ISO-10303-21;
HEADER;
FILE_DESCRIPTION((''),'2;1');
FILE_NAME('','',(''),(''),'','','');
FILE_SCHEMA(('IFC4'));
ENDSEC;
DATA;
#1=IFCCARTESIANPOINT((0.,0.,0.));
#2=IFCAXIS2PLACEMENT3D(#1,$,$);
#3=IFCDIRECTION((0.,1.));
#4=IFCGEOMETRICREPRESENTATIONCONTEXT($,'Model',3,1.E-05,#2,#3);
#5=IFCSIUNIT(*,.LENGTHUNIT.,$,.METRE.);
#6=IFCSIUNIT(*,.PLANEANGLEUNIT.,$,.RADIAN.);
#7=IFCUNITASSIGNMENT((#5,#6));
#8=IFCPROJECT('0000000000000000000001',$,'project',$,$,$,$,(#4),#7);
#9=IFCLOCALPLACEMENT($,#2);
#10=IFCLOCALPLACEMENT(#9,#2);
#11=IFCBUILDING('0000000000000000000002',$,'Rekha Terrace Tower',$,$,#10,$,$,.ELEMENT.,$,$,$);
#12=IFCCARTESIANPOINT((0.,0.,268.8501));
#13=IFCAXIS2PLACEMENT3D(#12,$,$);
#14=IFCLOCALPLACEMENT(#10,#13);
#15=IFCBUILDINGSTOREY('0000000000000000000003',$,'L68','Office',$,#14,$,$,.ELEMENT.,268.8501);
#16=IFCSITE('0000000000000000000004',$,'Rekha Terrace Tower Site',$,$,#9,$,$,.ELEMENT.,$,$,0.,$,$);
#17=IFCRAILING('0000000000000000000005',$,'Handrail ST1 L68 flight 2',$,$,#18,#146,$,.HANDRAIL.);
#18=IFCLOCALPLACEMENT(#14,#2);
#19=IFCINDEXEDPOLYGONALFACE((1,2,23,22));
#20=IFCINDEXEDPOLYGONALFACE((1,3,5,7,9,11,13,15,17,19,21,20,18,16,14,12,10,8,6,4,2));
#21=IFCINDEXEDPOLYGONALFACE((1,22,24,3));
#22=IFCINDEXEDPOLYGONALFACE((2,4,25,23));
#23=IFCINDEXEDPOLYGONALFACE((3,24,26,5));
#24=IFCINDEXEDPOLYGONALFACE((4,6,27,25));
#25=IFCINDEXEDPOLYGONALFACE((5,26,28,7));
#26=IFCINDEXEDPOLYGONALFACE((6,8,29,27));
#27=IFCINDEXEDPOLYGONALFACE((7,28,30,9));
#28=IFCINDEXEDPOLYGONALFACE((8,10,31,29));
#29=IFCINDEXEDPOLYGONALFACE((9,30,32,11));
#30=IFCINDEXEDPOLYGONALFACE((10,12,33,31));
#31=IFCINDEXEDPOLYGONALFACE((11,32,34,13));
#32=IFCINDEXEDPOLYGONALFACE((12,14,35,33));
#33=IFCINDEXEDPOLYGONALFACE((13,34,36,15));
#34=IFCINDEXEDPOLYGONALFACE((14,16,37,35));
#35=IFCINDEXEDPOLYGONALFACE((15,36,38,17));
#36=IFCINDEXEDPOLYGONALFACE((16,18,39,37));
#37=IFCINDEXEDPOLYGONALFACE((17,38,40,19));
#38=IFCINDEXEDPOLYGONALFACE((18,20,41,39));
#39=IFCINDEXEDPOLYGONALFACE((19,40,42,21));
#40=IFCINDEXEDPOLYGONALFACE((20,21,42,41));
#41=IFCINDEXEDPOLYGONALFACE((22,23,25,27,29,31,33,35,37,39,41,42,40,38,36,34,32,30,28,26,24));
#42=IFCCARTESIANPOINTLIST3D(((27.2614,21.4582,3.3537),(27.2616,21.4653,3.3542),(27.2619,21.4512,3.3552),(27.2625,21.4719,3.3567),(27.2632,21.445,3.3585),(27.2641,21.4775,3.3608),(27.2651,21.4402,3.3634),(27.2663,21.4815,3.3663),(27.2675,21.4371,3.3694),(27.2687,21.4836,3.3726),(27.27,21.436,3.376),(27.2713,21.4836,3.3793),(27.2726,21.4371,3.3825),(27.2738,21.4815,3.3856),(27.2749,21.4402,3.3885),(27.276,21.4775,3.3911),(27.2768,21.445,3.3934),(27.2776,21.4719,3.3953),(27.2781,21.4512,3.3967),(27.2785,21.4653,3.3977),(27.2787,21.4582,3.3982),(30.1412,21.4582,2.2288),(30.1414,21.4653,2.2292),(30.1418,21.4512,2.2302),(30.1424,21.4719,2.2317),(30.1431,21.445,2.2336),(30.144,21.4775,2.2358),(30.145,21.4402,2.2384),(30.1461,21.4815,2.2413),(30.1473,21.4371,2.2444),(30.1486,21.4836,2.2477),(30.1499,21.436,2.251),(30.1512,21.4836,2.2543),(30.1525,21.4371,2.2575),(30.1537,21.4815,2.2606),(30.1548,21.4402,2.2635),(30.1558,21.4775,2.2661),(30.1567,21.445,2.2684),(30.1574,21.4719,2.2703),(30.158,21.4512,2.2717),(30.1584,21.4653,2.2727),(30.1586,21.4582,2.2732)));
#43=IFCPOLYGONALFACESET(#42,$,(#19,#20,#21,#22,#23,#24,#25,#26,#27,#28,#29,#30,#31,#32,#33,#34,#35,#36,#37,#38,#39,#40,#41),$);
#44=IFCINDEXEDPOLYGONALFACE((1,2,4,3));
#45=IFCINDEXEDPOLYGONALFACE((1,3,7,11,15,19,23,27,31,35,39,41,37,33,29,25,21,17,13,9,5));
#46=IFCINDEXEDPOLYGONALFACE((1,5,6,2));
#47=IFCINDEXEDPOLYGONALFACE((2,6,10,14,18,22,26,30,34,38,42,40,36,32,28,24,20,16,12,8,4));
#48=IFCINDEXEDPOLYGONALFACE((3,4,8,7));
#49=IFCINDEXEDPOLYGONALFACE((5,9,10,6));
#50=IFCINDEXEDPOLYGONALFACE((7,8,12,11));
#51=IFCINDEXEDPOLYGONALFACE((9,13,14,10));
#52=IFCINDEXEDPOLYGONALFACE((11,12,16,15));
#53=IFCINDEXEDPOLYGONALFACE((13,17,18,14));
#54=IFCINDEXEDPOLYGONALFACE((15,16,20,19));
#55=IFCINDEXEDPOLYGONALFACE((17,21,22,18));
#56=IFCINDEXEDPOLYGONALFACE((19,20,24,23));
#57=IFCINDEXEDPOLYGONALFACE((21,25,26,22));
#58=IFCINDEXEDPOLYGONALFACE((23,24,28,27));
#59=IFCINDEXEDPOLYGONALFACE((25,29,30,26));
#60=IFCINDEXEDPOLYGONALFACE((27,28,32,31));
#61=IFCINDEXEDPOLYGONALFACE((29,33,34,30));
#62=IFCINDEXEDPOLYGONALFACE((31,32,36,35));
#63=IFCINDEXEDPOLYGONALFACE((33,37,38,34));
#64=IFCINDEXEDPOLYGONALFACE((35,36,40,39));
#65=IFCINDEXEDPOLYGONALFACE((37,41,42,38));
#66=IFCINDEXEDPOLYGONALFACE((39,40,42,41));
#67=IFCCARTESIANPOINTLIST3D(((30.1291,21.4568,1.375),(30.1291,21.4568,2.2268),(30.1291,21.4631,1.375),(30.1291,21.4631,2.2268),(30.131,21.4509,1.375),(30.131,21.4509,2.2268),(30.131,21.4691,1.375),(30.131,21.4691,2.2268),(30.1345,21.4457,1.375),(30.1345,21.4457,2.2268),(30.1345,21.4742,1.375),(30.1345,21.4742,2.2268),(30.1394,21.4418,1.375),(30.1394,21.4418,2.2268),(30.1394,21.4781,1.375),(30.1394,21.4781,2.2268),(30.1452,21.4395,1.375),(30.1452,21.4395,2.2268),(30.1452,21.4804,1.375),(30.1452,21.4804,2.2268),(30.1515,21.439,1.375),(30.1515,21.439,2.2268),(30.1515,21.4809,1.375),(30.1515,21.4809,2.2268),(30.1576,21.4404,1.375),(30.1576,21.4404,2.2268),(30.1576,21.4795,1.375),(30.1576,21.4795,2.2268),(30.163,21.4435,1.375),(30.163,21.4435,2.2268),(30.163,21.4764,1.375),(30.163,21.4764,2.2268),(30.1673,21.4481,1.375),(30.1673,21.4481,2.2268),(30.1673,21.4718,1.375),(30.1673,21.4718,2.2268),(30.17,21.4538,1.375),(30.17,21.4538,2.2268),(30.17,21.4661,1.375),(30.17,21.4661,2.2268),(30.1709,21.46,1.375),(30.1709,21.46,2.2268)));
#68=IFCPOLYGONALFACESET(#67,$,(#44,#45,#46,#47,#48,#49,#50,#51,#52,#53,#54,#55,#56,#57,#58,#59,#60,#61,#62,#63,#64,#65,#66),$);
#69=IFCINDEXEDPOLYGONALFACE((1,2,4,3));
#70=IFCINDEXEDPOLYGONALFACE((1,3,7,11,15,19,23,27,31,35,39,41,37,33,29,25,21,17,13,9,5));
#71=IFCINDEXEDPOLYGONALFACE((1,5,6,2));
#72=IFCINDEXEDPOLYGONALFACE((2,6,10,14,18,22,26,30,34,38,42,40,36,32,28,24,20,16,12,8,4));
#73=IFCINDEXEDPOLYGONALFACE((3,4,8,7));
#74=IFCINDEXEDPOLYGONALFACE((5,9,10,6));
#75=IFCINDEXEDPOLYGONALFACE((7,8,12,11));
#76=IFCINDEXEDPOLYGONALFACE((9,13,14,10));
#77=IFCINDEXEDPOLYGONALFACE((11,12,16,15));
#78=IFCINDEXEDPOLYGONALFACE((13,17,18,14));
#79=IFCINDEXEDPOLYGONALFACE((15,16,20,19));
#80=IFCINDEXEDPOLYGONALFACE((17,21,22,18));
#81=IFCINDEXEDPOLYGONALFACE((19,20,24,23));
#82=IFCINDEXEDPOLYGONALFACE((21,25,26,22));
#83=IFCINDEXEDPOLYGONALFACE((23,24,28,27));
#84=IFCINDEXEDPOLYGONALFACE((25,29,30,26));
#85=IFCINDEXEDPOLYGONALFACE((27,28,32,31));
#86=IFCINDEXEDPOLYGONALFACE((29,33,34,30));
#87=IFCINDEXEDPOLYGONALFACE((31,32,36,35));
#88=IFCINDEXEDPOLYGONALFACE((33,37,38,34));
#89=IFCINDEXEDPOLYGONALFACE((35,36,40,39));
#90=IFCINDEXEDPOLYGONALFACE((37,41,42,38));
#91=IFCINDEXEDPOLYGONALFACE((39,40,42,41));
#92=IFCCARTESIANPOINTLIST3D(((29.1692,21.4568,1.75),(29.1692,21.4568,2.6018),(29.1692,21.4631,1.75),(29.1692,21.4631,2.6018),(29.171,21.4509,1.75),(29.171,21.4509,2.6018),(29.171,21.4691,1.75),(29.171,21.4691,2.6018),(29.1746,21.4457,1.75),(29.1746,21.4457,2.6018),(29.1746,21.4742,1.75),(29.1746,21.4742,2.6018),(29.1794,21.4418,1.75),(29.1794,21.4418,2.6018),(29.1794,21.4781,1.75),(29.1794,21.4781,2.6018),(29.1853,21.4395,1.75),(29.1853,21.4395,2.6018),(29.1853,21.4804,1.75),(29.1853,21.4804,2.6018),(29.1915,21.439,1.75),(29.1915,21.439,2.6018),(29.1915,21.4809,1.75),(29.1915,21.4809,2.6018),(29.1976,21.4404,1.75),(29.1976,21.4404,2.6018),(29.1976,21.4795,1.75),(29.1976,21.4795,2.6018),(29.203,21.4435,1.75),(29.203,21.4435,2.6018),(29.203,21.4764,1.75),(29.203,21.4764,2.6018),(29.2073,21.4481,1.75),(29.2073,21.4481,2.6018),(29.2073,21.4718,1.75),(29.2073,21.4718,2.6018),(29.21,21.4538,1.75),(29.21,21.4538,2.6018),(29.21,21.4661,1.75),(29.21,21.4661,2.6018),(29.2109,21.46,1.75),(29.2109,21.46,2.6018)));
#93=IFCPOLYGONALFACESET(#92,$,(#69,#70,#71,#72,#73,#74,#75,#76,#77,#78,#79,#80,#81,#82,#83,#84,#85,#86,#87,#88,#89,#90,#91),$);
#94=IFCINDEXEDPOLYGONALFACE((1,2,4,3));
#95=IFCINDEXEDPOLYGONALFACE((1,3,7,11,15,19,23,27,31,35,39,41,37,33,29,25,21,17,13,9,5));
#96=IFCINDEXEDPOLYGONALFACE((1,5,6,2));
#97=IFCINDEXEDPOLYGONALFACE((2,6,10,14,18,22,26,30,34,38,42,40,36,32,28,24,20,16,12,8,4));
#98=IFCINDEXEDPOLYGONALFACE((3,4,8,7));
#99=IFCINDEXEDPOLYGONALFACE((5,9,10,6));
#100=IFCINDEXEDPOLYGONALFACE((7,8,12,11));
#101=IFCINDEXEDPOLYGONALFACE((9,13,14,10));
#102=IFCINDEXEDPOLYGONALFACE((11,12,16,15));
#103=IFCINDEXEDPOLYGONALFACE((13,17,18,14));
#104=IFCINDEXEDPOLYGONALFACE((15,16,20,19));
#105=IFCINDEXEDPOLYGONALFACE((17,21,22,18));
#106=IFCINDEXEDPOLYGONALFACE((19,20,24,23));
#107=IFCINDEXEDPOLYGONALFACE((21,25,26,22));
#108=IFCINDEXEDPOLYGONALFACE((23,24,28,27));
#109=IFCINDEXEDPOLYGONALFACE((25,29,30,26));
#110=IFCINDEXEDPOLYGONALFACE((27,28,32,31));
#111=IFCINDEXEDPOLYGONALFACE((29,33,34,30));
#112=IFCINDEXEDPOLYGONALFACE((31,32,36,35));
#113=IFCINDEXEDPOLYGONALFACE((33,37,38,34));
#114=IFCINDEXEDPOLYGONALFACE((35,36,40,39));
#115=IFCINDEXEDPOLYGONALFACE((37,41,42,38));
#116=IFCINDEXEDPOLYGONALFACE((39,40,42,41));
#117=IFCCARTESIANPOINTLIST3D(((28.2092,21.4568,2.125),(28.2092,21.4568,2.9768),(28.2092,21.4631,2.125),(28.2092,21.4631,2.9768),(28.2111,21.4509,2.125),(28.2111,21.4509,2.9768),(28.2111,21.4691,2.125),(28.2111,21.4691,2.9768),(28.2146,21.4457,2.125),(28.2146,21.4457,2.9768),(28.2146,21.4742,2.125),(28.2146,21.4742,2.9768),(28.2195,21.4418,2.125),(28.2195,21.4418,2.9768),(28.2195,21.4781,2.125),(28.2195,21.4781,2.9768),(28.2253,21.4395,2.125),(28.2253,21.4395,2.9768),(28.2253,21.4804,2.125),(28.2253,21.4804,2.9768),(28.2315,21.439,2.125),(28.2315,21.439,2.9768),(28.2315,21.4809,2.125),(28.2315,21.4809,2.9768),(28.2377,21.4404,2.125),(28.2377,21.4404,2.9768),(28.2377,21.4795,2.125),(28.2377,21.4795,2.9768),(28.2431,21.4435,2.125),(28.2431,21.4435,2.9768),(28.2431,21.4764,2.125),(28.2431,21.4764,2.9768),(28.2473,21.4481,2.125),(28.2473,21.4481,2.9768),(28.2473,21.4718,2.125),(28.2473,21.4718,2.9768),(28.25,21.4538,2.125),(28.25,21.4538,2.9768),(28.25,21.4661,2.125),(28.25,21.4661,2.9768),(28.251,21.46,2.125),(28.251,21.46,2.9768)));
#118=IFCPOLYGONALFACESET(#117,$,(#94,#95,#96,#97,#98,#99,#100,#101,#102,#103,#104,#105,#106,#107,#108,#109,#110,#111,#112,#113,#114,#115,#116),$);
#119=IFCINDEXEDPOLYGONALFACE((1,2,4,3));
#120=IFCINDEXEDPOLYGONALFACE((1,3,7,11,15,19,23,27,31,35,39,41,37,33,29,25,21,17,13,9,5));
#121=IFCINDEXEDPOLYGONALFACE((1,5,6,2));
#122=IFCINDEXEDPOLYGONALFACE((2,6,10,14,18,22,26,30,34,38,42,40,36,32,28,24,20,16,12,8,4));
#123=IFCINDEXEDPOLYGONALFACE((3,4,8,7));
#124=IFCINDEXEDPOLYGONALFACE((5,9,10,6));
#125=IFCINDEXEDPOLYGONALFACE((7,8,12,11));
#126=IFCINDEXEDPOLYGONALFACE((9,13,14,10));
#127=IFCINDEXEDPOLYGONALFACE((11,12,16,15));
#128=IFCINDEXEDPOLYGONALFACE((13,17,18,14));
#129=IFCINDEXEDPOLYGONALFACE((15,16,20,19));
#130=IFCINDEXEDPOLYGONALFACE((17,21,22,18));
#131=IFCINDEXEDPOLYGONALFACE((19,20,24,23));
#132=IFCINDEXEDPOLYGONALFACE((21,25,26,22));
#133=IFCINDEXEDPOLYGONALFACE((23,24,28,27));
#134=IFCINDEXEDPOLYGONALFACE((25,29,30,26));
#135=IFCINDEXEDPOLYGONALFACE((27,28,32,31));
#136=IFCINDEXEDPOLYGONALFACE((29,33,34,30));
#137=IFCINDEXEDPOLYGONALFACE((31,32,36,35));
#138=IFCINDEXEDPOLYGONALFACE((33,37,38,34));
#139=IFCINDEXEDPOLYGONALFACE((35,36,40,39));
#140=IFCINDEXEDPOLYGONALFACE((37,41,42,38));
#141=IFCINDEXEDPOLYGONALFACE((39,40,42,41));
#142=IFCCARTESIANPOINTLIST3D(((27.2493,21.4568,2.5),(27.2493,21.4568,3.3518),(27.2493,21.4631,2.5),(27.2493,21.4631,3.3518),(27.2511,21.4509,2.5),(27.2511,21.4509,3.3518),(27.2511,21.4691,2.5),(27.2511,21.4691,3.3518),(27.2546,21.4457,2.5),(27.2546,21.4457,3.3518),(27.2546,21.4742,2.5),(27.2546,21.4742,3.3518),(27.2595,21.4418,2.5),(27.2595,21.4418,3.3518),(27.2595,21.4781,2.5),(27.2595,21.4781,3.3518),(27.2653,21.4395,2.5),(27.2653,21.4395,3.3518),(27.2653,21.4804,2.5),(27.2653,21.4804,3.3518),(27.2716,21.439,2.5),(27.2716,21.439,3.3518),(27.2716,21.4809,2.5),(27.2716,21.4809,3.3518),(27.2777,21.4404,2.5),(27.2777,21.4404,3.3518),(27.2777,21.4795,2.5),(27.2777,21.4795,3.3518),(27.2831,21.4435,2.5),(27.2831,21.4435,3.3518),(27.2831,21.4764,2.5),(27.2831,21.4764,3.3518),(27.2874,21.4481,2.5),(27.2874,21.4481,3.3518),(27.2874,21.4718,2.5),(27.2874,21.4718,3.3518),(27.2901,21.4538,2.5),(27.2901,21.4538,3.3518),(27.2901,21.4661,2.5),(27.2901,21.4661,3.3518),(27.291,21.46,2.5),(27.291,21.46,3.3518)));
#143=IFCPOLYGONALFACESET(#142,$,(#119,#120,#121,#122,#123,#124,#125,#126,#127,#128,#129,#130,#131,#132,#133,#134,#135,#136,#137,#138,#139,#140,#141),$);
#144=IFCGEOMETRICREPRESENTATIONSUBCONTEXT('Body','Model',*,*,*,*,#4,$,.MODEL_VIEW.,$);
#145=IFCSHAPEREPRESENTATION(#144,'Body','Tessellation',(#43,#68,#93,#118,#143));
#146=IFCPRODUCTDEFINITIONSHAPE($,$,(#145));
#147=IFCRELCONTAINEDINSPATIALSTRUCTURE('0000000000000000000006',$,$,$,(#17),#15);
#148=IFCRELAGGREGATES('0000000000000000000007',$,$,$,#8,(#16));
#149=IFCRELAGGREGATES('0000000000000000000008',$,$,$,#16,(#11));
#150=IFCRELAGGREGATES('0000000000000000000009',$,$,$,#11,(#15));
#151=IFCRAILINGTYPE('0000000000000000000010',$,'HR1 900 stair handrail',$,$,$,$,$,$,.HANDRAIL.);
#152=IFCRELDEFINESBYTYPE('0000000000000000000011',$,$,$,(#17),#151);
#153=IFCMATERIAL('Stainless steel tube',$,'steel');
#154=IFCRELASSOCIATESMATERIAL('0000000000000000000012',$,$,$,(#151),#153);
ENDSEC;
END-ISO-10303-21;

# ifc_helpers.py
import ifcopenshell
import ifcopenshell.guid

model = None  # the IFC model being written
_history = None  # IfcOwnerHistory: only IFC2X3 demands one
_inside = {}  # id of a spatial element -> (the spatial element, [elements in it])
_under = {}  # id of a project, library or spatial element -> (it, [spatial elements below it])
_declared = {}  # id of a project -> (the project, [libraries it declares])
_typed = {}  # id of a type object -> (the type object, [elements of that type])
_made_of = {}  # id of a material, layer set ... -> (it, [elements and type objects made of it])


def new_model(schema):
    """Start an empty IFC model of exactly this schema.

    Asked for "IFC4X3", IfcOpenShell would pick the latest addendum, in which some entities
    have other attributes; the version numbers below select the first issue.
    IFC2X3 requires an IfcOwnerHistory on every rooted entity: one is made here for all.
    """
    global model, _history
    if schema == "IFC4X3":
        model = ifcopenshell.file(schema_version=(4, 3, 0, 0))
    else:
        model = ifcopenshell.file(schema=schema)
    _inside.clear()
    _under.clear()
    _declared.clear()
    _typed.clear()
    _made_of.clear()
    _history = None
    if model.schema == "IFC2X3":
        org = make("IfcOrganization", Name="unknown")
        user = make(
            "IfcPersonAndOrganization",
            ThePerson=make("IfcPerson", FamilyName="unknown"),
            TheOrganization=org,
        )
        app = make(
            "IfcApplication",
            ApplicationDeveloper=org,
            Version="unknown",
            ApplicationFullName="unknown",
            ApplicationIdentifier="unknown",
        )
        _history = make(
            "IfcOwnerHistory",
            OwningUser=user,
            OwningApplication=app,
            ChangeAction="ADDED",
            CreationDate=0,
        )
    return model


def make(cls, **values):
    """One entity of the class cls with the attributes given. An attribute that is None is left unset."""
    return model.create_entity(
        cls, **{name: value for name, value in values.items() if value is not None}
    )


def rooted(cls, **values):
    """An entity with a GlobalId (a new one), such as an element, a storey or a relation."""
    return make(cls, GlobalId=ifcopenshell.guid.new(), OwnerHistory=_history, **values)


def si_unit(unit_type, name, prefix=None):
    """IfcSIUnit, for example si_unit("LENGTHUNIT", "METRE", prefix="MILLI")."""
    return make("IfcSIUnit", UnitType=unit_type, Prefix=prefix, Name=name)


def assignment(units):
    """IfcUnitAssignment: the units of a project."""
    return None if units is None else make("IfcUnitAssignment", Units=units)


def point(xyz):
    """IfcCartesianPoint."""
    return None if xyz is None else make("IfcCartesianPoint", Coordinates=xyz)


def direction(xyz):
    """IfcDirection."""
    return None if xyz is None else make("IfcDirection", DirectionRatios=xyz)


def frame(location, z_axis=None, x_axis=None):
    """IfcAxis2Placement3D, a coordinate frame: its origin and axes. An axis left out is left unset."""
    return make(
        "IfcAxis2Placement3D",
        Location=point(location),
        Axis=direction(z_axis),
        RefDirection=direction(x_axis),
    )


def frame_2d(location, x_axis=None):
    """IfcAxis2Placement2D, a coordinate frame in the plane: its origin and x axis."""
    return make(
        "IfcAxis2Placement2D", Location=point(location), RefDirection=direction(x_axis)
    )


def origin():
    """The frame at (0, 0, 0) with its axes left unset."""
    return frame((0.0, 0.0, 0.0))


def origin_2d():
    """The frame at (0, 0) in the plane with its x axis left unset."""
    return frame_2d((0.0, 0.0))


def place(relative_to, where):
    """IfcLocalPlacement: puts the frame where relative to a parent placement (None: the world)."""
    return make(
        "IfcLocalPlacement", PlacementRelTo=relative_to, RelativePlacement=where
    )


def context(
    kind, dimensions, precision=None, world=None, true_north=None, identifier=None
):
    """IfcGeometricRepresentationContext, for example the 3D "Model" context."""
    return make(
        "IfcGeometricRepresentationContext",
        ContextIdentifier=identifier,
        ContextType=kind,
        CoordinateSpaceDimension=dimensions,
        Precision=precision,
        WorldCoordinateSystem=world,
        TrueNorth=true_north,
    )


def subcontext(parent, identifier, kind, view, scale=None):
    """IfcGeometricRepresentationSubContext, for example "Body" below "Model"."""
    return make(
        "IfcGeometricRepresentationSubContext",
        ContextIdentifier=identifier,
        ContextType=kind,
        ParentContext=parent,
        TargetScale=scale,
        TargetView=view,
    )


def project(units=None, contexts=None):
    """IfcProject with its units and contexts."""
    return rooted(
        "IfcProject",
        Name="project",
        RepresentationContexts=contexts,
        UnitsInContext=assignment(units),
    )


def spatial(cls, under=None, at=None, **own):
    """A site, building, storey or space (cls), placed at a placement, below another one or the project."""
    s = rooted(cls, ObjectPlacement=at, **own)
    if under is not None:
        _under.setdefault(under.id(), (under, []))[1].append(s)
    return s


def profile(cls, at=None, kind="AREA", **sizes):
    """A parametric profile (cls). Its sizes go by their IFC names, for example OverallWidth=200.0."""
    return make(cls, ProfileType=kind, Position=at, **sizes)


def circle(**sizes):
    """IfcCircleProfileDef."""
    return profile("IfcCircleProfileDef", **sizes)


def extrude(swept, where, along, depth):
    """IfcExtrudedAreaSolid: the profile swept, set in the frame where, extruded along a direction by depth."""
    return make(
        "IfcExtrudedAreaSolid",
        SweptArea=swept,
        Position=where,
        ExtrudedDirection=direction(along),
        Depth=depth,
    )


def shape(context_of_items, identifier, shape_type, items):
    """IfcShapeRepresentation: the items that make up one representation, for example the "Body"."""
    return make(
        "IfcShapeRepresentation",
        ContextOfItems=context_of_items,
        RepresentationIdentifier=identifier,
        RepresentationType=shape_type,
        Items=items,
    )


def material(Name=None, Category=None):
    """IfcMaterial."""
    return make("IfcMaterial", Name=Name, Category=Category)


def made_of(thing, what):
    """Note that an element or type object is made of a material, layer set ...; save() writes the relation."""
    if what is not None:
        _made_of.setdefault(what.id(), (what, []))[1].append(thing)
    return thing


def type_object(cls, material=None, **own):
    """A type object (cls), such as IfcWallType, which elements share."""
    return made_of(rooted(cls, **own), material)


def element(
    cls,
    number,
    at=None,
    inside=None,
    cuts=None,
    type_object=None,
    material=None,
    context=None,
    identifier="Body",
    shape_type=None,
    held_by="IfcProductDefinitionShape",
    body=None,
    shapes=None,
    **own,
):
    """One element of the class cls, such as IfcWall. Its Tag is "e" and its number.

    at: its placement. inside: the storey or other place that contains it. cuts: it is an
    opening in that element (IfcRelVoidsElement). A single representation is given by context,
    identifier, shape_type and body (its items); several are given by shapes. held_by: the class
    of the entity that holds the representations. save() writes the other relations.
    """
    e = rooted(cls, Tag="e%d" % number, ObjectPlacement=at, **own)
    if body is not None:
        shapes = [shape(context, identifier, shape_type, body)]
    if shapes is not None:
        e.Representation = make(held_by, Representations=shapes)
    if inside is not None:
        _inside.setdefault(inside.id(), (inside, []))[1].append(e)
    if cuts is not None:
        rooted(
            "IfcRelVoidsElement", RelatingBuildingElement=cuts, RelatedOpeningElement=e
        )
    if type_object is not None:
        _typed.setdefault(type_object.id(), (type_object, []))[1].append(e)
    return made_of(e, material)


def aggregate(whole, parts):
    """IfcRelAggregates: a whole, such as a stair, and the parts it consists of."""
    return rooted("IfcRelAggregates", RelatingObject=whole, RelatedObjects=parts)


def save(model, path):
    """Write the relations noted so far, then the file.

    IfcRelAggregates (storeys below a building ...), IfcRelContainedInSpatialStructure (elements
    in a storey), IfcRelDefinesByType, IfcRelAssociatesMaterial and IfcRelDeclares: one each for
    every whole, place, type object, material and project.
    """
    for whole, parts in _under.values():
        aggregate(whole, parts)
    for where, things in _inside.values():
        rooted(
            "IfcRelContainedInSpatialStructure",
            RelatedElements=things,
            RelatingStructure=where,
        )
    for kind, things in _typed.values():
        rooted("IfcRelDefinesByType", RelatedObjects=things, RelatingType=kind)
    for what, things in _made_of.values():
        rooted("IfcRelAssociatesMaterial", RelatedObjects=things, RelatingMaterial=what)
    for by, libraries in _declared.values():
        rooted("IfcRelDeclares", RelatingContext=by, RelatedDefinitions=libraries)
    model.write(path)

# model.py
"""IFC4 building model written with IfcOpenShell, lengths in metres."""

from ifc_helpers import new_model, si_unit, direction, frame, origin, origin_2d, place, context, subcontext, project, spatial, circle, extrude, material, type_object, element, save


model = new_model("IFC4")

# Units and contexts
model_context = context("Model", 3, precision=1e-05, world=origin(), true_north=direction((0.0, 1.0)))
body_context = subcontext(model_context, "Body", "Model", "MODEL_VIEW")
ifc_project = project(units=[si_unit("LENGTHUNIT", "METRE"), si_unit("PLANEANGLEUNIT", "RADIAN")], contexts=[model_context])

# Site, building, storey
site_placement = place(None, origin())
site = spatial("IfcSite", under=ifc_project, at=site_placement, Name="Rekha Terrace Tower Site", CompositionType="ELEMENT", RefElevation=0.0)
building_placement = place(site_placement, origin())
building = spatial("IfcBuilding", under=site, at=building_placement, Name="Rekha Terrace Tower", CompositionType="ELEMENT")
storey_placement = place(building_placement, frame((0.0, 0.0, 268.8501)))
storey = spatial("IfcBuildingStorey", under=building, at=storey_placement, Name="L68", Description="Office", CompositionType="ELEMENT", Elevation=268.8501)

# Railing
ifc_material_1 = material(Name="Stainless steel tube", Category="steel")
railing_type = type_object("IfcRailingType", Name="HR1 900 stair handrail", PredefinedType="HANDRAIL", material=ifc_material_1)
railing_placement = place(storey_placement, frame((30.1499, 21.46, 1.375)))
element("IfcRailing", 1, at=railing_placement, inside=storey, type_object=railing_type, Name="Handrail ST1 L68 flight 2", PredefinedType="HANDRAIL", context=body_context, shape_type="SweptSolid", body=[
    extrude(circle(Radius=0.0239, at=origin_2d()), frame((0.0, 0.0, 0.876), z_axis=(-0.931452, 0.0, 0.363863), x_axis=(0.0, -1.0, 0.0)), (0.0, 0.0, 1.0), 3.0918),
    extrude(circle(Radius=0.021, at=origin_2d()), origin(), (0.0, 0.0, 1.0), 0.8518),
    extrude(circle(Radius=0.021, at=origin_2d()), frame((-0.96, 0.0, 0.375)), (0.0, 0.0, 1.0), 0.8518),
    extrude(circle(Radius=0.021, at=origin_2d()), frame((-1.9199, 0.0, 0.75)), (0.0, 0.0, 1.0), 0.8518),
    extrude(circle(Radius=0.021, at=origin_2d()), frame((-2.8799, 0.0, 1.125)), (0.0, 0.0, 1.0), 0.8518),
])

save(model, "model.ifc")
